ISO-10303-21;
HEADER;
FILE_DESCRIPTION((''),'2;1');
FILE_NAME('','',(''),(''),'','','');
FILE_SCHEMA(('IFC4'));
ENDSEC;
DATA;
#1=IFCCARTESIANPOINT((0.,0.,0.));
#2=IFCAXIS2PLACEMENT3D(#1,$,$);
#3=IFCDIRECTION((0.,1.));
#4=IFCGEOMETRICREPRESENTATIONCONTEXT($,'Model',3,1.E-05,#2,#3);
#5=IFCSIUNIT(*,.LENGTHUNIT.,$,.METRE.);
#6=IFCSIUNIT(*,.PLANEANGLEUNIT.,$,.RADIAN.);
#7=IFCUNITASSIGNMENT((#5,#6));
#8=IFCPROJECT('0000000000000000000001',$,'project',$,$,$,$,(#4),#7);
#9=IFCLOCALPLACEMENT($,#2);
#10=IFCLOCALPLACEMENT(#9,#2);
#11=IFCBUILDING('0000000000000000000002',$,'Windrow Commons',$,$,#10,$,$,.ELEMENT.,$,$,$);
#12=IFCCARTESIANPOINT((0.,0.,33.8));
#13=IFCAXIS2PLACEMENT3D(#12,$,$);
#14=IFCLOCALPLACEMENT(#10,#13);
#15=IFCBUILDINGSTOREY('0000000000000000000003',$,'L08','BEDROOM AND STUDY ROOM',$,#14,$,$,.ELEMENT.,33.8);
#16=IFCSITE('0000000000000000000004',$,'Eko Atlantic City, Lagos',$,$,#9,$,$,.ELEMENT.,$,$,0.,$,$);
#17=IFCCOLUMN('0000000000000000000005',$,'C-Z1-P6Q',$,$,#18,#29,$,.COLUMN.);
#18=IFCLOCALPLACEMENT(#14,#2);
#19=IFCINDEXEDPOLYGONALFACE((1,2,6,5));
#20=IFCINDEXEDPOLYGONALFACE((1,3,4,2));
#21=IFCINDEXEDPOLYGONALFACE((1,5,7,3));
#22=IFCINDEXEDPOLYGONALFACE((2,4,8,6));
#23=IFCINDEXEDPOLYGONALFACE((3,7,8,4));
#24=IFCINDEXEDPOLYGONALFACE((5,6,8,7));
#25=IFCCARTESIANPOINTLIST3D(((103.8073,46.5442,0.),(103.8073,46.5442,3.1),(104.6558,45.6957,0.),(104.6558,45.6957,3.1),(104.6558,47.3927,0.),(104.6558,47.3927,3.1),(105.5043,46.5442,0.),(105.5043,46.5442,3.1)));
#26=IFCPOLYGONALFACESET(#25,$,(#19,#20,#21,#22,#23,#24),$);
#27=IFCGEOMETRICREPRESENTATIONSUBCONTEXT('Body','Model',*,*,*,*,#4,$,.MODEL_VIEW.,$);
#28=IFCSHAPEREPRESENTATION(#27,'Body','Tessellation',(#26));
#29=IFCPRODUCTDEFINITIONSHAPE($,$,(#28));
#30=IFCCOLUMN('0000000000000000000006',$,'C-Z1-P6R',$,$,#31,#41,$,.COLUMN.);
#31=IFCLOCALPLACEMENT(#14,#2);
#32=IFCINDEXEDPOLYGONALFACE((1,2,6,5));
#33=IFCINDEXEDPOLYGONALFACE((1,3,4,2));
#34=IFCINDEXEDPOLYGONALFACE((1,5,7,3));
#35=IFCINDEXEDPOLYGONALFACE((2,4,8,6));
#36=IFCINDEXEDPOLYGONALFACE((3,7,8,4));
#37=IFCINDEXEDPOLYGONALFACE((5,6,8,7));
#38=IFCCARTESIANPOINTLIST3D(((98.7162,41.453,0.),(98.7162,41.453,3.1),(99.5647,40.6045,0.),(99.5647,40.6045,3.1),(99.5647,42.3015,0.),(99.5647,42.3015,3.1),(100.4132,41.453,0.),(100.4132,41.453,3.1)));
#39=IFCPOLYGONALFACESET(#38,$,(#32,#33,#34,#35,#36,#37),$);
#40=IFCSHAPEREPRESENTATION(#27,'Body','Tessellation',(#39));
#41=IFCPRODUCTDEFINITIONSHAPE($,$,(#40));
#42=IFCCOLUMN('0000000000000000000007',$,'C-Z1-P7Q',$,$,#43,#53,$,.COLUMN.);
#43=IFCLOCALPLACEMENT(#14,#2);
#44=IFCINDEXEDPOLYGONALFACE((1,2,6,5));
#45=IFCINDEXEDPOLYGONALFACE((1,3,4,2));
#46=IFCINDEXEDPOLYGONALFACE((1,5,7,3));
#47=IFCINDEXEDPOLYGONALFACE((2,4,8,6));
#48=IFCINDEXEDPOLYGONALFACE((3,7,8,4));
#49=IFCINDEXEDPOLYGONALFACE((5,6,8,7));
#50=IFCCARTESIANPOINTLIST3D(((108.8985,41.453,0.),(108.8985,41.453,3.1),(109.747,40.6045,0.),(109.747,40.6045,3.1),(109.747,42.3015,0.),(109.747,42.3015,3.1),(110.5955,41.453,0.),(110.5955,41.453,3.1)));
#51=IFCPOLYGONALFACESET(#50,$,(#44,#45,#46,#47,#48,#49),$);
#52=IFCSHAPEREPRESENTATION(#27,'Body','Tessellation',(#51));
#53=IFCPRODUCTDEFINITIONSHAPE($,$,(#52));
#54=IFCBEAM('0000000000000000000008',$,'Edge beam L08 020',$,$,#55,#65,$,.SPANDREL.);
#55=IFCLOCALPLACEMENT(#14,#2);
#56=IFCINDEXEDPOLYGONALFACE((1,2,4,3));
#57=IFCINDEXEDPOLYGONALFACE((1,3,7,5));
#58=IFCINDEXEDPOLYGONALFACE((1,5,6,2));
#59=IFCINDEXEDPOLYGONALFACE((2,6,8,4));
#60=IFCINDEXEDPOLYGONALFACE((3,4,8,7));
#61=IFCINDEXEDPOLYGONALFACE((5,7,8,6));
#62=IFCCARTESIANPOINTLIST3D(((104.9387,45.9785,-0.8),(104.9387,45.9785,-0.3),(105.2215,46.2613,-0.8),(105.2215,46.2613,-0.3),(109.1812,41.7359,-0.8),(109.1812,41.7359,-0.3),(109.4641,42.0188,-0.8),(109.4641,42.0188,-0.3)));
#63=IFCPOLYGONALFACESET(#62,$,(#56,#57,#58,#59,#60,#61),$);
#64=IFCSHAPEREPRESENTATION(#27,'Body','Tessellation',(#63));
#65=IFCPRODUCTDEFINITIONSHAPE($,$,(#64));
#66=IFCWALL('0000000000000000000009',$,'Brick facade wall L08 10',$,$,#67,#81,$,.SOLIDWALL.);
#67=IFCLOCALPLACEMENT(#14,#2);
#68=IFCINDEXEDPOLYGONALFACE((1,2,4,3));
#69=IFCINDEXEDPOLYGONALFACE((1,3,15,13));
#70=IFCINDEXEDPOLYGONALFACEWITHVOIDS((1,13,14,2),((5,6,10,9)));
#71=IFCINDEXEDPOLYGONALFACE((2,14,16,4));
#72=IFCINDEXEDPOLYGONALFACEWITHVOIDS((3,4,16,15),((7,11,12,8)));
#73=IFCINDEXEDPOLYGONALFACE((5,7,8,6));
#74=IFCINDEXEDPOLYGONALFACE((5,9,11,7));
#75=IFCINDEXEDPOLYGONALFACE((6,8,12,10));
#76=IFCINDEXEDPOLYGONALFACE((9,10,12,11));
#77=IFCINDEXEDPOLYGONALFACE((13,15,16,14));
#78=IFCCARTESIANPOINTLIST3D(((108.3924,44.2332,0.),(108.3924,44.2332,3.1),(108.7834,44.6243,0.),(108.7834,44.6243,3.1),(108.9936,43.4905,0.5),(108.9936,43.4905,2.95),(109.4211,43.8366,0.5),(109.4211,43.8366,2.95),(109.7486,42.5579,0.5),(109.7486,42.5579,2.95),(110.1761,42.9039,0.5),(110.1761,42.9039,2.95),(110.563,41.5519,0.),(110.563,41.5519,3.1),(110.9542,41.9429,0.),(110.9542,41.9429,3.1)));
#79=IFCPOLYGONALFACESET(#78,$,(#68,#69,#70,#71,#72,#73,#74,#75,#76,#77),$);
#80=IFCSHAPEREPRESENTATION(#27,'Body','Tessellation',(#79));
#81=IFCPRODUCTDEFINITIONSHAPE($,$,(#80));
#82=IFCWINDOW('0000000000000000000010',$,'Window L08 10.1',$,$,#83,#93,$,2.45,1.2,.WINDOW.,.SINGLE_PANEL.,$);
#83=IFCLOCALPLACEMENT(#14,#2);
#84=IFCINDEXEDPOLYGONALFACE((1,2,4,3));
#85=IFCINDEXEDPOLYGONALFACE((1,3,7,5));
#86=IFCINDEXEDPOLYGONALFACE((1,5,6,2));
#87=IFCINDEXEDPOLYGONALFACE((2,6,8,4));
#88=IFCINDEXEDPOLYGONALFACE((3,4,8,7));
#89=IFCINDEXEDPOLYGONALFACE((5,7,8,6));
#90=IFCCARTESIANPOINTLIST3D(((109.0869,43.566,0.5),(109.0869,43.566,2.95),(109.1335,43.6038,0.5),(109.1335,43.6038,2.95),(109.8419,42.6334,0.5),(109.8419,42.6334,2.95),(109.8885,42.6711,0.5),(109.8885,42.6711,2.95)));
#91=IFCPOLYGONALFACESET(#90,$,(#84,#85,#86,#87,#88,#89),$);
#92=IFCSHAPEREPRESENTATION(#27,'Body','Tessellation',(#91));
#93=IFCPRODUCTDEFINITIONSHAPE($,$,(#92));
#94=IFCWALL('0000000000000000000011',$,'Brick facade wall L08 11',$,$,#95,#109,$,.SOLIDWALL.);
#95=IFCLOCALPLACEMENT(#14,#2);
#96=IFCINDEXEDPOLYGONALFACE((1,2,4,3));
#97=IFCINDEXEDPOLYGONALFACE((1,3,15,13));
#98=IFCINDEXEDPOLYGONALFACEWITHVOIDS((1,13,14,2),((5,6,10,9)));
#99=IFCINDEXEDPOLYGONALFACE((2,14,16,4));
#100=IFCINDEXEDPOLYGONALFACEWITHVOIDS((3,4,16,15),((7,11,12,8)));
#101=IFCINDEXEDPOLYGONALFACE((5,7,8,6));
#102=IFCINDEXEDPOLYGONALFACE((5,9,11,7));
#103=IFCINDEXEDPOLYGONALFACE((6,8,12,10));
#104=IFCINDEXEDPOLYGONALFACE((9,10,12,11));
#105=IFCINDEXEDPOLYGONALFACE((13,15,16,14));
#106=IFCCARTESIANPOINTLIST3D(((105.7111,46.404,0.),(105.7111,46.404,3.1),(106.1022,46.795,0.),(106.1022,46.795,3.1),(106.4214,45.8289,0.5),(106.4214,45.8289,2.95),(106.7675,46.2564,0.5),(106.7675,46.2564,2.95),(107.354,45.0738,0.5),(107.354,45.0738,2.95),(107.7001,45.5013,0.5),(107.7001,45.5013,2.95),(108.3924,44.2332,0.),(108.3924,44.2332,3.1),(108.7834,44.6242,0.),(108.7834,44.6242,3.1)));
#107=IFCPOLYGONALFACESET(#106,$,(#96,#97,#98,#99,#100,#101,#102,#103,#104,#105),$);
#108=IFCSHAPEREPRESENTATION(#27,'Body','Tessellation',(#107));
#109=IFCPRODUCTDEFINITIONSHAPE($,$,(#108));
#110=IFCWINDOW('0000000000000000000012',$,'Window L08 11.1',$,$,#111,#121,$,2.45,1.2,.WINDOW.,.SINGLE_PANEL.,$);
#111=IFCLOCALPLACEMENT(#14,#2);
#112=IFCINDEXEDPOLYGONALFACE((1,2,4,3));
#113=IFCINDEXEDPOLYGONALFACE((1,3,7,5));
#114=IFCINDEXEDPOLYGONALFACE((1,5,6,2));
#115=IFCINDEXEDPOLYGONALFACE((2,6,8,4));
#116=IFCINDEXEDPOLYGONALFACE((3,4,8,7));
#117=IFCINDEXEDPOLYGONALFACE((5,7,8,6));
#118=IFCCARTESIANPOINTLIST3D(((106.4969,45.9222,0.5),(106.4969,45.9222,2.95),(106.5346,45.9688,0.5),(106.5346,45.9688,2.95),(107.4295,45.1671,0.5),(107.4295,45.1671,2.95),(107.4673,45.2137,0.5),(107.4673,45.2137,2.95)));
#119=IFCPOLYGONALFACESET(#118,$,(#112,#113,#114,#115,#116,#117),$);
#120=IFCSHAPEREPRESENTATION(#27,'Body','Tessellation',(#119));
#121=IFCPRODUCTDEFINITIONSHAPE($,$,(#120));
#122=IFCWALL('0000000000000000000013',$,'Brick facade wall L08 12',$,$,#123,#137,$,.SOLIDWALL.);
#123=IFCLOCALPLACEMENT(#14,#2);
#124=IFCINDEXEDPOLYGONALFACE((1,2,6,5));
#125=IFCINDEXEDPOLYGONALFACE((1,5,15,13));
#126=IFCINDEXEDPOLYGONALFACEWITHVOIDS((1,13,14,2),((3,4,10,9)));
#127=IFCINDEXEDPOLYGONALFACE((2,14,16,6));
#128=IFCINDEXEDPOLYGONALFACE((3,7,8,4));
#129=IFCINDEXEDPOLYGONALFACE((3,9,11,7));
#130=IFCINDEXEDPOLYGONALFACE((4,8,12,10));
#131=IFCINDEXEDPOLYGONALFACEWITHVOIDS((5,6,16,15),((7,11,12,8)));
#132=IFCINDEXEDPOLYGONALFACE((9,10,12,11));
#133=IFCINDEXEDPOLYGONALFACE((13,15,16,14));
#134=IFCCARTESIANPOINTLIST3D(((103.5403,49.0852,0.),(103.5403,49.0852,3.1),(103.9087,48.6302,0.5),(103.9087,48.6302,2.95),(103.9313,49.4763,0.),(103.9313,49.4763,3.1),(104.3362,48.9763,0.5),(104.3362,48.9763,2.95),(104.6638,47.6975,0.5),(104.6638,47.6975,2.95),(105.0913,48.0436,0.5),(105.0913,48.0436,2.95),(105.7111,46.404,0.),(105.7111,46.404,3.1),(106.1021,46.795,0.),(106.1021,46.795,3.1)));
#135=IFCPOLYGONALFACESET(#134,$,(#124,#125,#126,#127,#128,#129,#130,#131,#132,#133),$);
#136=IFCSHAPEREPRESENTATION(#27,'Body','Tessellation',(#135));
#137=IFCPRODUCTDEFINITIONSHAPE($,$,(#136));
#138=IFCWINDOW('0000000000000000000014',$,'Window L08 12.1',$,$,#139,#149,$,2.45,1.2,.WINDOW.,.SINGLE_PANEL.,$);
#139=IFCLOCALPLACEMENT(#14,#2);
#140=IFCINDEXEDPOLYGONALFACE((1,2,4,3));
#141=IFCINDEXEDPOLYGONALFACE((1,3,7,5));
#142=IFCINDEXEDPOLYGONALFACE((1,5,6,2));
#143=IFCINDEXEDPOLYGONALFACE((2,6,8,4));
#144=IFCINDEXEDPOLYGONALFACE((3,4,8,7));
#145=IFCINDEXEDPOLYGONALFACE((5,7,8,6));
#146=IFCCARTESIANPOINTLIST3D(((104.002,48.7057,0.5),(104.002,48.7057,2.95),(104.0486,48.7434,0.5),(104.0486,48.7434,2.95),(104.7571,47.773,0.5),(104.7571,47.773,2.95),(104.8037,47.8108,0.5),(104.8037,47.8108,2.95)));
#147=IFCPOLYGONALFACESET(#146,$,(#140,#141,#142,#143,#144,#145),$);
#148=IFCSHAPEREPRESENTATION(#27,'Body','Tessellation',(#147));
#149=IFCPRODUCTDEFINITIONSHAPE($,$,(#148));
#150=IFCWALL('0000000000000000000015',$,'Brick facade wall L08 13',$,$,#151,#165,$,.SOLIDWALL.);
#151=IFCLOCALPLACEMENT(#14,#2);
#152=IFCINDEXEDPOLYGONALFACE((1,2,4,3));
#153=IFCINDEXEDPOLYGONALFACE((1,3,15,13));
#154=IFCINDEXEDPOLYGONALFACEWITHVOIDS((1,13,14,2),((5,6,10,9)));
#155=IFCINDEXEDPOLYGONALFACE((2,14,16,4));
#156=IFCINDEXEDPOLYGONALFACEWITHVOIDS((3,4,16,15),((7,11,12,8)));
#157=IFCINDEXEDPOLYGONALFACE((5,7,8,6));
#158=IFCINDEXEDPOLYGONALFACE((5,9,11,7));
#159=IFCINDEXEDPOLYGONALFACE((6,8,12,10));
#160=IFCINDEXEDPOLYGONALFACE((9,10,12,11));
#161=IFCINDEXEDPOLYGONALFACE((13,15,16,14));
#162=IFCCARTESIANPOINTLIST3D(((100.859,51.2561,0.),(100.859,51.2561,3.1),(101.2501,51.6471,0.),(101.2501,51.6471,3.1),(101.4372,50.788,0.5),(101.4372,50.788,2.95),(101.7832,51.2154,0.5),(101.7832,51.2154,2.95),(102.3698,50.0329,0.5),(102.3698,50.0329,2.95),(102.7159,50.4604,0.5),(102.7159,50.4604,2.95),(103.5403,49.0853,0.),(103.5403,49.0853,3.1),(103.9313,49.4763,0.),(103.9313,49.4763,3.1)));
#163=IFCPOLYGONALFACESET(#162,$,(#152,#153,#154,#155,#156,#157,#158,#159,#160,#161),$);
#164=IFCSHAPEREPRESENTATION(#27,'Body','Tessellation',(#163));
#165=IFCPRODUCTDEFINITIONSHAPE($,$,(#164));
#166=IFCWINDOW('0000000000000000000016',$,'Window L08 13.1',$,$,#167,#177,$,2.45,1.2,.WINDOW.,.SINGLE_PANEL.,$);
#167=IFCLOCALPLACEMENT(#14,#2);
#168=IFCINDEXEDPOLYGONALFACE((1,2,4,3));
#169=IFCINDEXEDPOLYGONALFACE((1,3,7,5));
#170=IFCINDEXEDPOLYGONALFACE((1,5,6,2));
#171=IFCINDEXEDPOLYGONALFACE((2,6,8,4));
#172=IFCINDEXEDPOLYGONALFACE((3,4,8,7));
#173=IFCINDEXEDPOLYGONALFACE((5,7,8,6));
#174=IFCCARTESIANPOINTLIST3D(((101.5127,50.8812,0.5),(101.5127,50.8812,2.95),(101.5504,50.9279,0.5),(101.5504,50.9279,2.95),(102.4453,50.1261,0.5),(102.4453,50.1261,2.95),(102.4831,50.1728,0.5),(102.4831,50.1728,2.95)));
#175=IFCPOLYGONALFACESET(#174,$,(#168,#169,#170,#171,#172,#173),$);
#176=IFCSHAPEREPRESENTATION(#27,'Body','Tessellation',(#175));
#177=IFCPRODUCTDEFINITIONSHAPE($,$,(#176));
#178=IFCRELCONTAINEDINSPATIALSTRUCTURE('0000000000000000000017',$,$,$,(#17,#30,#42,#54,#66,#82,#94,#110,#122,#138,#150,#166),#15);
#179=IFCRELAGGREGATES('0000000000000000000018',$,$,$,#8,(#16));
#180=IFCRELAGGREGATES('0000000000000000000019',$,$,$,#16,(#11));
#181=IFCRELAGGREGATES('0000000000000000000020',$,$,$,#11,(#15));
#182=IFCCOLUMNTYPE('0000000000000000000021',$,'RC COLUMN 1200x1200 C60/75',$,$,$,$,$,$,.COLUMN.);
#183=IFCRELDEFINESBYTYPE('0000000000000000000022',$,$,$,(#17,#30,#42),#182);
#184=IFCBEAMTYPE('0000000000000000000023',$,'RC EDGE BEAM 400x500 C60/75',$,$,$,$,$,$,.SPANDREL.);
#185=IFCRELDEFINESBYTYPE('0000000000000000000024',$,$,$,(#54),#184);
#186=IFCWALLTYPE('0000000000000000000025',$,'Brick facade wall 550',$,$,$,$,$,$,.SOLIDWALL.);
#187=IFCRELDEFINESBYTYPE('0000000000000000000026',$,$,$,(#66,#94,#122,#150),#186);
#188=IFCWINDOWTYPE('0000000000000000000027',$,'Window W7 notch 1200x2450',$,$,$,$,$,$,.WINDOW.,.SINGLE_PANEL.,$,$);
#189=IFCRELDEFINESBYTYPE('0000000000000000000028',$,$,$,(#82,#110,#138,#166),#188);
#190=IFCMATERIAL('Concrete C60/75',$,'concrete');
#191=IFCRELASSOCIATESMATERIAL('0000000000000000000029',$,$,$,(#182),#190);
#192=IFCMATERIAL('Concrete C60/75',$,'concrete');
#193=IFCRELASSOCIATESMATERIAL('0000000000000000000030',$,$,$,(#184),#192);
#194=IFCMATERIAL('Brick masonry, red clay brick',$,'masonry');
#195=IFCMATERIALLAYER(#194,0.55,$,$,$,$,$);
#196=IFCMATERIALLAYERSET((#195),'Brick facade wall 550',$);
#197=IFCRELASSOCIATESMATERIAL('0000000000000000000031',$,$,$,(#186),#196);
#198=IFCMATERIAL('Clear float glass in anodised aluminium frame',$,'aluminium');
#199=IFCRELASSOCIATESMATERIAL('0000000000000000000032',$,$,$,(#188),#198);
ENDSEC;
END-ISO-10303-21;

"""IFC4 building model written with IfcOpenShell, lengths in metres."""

from ifc_helpers import new_model, si_unit, direction, frame, frame_2d, origin, origin_2d, place, context, subcontext, project, spatial, polyline, rectangle, outline, extrude, material, layer, layer_set, material_profile, profile_set, type_object, element, fill, save


model = new_model("IFC4")

# Units and contexts
model_context = context("Model", 3, precision=1e-05, world=origin(), true_north=direction((0.0, 1.0)))
body_context = subcontext(model_context, "Body", "Model", "MODEL_VIEW")
ifc_project = project(units=[si_unit("LENGTHUNIT", "METRE"), si_unit("PLANEANGLEUNIT", "RADIAN")], contexts=[model_context])

# Site, building, storey
site_placement = place(None, origin())
site = spatial("IfcSite", under=ifc_project, at=site_placement, Name="Eko Atlantic City, Lagos", CompositionType="ELEMENT", RefElevation=0.0)
building_placement = place(site_placement, origin())
building = spatial("IfcBuilding", under=site, at=building_placement, Name="Windrow Commons", CompositionType="ELEMENT")
storey_placement = place(building_placement, frame((0.0, 0.0, 33.8)))
storey = spatial("IfcBuildingStorey", under=building, at=storey_placement, Name="L08", Description="BEDROOM AND STUDY ROOM", CompositionType="ELEMENT", Elevation=33.8)

# Columns
ifc_material_1 = material(Name="Concrete C60/75", Category="concrete")
ifc_material_profile_1 = material_profile(ifc_material_1, rectangle(XDim=1.2, YDim=1.2, at=origin_2d()))
ifc_profile_set_1 = profile_set([ifc_material_profile_1], Name="Concrete C60/75")
column_type = type_object("IfcColumnType", Name="RC COLUMN 1200x1200 C60/75", PredefinedType="COLUMN", material=ifc_profile_set_1)
for number, where, z_axis, x_axis, name in (
    (1, (104.6558, 46.5442, 0.0), (0.0, 0.0, 1.0), (0.707107, -0.707107, 0.0), "C-Z1-P6Q"),
    (2, (99.5647, 41.453, 0.0), (0.0, 0.0, 1.0), (0.707107, -0.707107, 0.0), "C-Z1-P6R"),
    (3, (109.747, 41.453, 0.0), (0.0, 0.0, 1.0), (0.707107, -0.707107, 0.0), "C-Z1-P7Q"),
):
    element("IfcColumn", number, at=place(storey_placement, frame(where, z_axis=z_axis, x_axis=x_axis)), inside=storey, type_object=column_type, Name=name, PredefinedType="COLUMN", context=body_context, shape_type="SweptSolid", body=[
        extrude(rectangle(XDim=1.2, YDim=1.2, at=origin_2d()), origin(), (0.0, 0.0, 1.0), 3.1),
    ])

# Beam
ifc_material_2 = material(Name="Concrete C60/75", Category="concrete")
ifc_material_profile_2 = material_profile(ifc_material_2, rectangle(XDim=0.4, YDim=0.5, at=origin_2d()))
ifc_profile_set_2 = profile_set([ifc_material_profile_2], Name="Concrete C60/75")
beam_type = type_object("IfcBeamType", Name="RC EDGE BEAM 400x500 C60/75", PredefinedType="SPANDREL", material=ifc_profile_set_2)
beam_placement = place(storey_placement, frame((105.0801, 46.1199, -0.55), z_axis=(0.707107, -0.707107, 0.0), x_axis=(0.707107, 0.707107, 0.0)))
element("IfcBeam", 4, at=beam_placement, inside=storey, type_object=beam_type, Name="Edge beam L08 020", PredefinedType="SPANDREL", context=body_context, shape_type="SweptSolid", body=[
    extrude(rectangle(XDim=0.4, YDim=0.5, at=origin_2d()), origin(), (0.0, 0.0, 1.0), 5.9999),
])

# Walls, openings, windows
ifc_material_3 = material(Name="Brick masonry, red clay brick", Category="masonry")
ifc_layer_1 = layer(ifc_material_3, 0.55)
ifc_layer_set_1 = layer_set([ifc_layer_1], Name="Brick facade wall 550")
wall_type_1 = type_object("IfcWallType", Name="Brick facade wall 550", PredefinedType="SOLIDWALL", material=ifc_layer_set_1)
wall_1_placement = place(storey_placement, frame((110.7586, 41.7474, 0.0), z_axis=(0.0, 0.0, 1.0), x_axis=(-0.62922, 0.777227, 0.0)))
wall_1 = element("IfcWall", 5, at=wall_1_placement, inside=storey, type_object=wall_type_1, Name="Brick facade wall L08 10", PredefinedType="SOLIDWALL", context=body_context, shape_type="SweptSolid", body=[
    extrude(outline(polyline([(0.0289, -0.275), (3.4788, -0.275), (3.4209, 0.275), (-0.0289, 0.275), (0.0289, -0.275)])), origin(), (0.0, 0.0, 1.0), 3.1),
])
opening_1_placement = place(wall_1_placement, frame((1.2654, 0.0, 0.5)))
opening_1 = element("IfcOpeningElement", 6, at=opening_1_placement, cuts=wall_1, PredefinedType="OPENING", context=body_context, shape_type="SweptSolid", body=[
    extrude(rectangle(XDim=1.2, YDim=2.45, at=frame_2d((0.6, 1.225))), frame((0.0, 0.285, 0.0), z_axis=(0.0, -1.0, 0.0), x_axis=(1.0, 0.0, 0.0)), (0.0, 0.0, 1.0), 0.57),
])
ifc_material_4 = material(Name="Clear float glass in anodised aluminium frame", Category="aluminium")
window_type = type_object("IfcWindowType", Name="Window W7 notch 1200x2450", PartitioningType="SINGLE_PANEL", PredefinedType="WINDOW", material=ifc_material_4)
window_1_placement = place(opening_1_placement, origin())
window_1 = element("IfcWindow", 7, at=window_1_placement, inside=storey, type_object=window_type, Name="Window L08 10.1", OverallHeight=2.45, OverallWidth=1.2, PartitioningType="SINGLE_PANEL", PredefinedType="WINDOW", context=body_context, shape_type="SweptSolid", body=[
    extrude(rectangle(XDim=1.2, YDim=2.45, at=frame_2d((0.6, 1.225))), frame((0.0, 0.155, 0.0), z_axis=(0.0, -1.0, 0.0), x_axis=(1.0, 0.0, 0.0)), (0.0, 0.0, 1.0), 0.06),
])
fill(opening_1, window_1)
wall_2_placement = place(storey_placement, frame((108.5879, 44.4287, 0.0), z_axis=(0.0, 0.0, 1.0), x_axis=(-0.777213, 0.629237, 0.0)))
wall_2 = element("IfcWall", 8, at=wall_2_placement, inside=storey, type_object=wall_type_1, Name="Brick facade wall L08 11", PredefinedType="SOLIDWALL", context=body_context, shape_type="SweptSolid", body=[
    extrude(outline(polyline([(-0.0289, -0.275), (3.4209, -0.275), (3.4788, 0.275), (0.0289, 0.275), (-0.0289, -0.275)])), origin(), (0.0, 0.0, 1.0), 3.1),
])
opening_2_placement = place(wall_2_placement, frame((1.3649, 0.0, 0.5)))
opening_2 = element("IfcOpeningElement", 9, at=opening_2_placement, cuts=wall_2, PredefinedType="OPENING", context=body_context, shape_type="SweptSolid", body=[
    extrude(rectangle(XDim=1.2, YDim=2.45, at=frame_2d((0.6, 1.225))), frame((0.0, 0.285, 0.0), z_axis=(0.0, -1.0, 0.0), x_axis=(1.0, 0.0, 0.0)), (0.0, 0.0, 1.0), 0.57),
])
window_2_placement = place(opening_2_placement, origin())
window_2 = element("IfcWindow", 10, at=window_2_placement, inside=storey, type_object=window_type, Name="Window L08 11.1", OverallHeight=2.45, OverallWidth=1.2, PartitioningType="SINGLE_PANEL", PredefinedType="WINDOW", context=body_context, shape_type="SweptSolid", body=[
    extrude(rectangle(XDim=1.2, YDim=2.45, at=frame_2d((0.6, 1.225))), frame((0.0, 0.155, 0.0), z_axis=(0.0, -1.0, 0.0), x_axis=(1.0, 0.0, 0.0)), (0.0, 0.0, 1.0), 0.06),
])
fill(opening_2, window_2)
wall_3_placement = place(storey_placement, frame((105.9066, 46.5995, 0.0), z_axis=(0.0, 0.0, 1.0), x_axis=(-0.629237, 0.777213, 0.0)))
wall_3 = element("IfcWall", 11, at=wall_3_placement, inside=storey, type_object=wall_type_1, Name="Brick facade wall L08 12", PredefinedType="SOLIDWALL", context=body_context, shape_type="SweptSolid", body=[
    extrude(outline(polyline([(0.0289, -0.275), (3.4788, -0.275), (3.4209, 0.275), (-0.0289, 0.275), (0.0289, -0.275)])), origin(), (0.0, 0.0, 1.0), 3.1),
])
opening_3_placement = place(wall_3_placement, frame((1.6354, 0.0, 0.5)))
opening_3 = element("IfcOpeningElement", 12, at=opening_3_placement, cuts=wall_3, PredefinedType="OPENING", context=body_context, shape_type="SweptSolid", body=[
    extrude(rectangle(XDim=1.2, YDim=2.45, at=frame_2d((0.6, 1.225))), frame((0.0, 0.285, 0.0), z_axis=(0.0, -1.0, 0.0), x_axis=(1.0, 0.0, 0.0)), (0.0, 0.0, 1.0), 0.57),
])
window_3_placement = place(opening_3_placement, origin())
window_3 = element("IfcWindow", 13, at=window_3_placement, inside=storey, type_object=window_type, Name="Window L08 12.1", OverallHeight=2.45, OverallWidth=1.2, PartitioningType="SINGLE_PANEL", PredefinedType="WINDOW", context=body_context, shape_type="SweptSolid", body=[
    extrude(rectangle(XDim=1.2, YDim=2.45, at=frame_2d((0.6, 1.225))), frame((0.0, 0.155, 0.0), z_axis=(0.0, -1.0, 0.0), x_axis=(1.0, 0.0, 0.0)), (0.0, 0.0, 1.0), 0.06),
])
fill(opening_3, window_3)
wall_4_placement = place(storey_placement, frame((103.7358, 49.2808, 0.0), z_axis=(0.0, 0.0, 1.0), x_axis=(-0.777213, 0.629237, 0.0)))
wall_4 = element("IfcWall", 14, at=wall_4_placement, inside=storey, type_object=wall_type_1, Name="Brick facade wall L08 13", PredefinedType="SOLIDWALL", context=body_context, shape_type="SweptSolid", body=[
    extrude(outline(polyline([(-0.0289, -0.275), (3.4209, -0.275), (3.4788, 0.275), (0.0289, 0.275), (-0.0289, -0.275)])), origin(), (0.0, 0.0, 1.0), 3.1),
])
opening_4_placement = place(wall_4_placement, frame((1.5349, 0.0, 0.5)))
opening_4 = element("IfcOpeningElement", 15, at=opening_4_placement, cuts=wall_4, PredefinedType="OPENING", context=body_context, shape_type="SweptSolid", body=[
    extrude(rectangle(XDim=1.2, YDim=2.45, at=frame_2d((0.6, 1.225))), frame((0.0, 0.285, 0.0), z_axis=(0.0, -1.0, 0.0), x_axis=(1.0, 0.0, 0.0)), (0.0, 0.0, 1.0), 0.57),
])
window_4_placement = place(opening_4_placement, origin())
window_4 = element("IfcWindow", 16, at=window_4_placement, inside=storey, type_object=window_type, Name="Window L08 13.1", OverallHeight=2.45, OverallWidth=1.2, PartitioningType="SINGLE_PANEL", PredefinedType="WINDOW", context=body_context, shape_type="SweptSolid", body=[
    extrude(rectangle(XDim=1.2, YDim=2.45, at=frame_2d((0.6, 1.225))), frame((0.0, 0.155, 0.0), z_axis=(0.0, -1.0, 0.0), x_axis=(1.0, 0.0, 0.0)), (0.0, 0.0, 1.0), 0.06),
])
fill(opening_4, window_4)

save(model, "model.ifc")
